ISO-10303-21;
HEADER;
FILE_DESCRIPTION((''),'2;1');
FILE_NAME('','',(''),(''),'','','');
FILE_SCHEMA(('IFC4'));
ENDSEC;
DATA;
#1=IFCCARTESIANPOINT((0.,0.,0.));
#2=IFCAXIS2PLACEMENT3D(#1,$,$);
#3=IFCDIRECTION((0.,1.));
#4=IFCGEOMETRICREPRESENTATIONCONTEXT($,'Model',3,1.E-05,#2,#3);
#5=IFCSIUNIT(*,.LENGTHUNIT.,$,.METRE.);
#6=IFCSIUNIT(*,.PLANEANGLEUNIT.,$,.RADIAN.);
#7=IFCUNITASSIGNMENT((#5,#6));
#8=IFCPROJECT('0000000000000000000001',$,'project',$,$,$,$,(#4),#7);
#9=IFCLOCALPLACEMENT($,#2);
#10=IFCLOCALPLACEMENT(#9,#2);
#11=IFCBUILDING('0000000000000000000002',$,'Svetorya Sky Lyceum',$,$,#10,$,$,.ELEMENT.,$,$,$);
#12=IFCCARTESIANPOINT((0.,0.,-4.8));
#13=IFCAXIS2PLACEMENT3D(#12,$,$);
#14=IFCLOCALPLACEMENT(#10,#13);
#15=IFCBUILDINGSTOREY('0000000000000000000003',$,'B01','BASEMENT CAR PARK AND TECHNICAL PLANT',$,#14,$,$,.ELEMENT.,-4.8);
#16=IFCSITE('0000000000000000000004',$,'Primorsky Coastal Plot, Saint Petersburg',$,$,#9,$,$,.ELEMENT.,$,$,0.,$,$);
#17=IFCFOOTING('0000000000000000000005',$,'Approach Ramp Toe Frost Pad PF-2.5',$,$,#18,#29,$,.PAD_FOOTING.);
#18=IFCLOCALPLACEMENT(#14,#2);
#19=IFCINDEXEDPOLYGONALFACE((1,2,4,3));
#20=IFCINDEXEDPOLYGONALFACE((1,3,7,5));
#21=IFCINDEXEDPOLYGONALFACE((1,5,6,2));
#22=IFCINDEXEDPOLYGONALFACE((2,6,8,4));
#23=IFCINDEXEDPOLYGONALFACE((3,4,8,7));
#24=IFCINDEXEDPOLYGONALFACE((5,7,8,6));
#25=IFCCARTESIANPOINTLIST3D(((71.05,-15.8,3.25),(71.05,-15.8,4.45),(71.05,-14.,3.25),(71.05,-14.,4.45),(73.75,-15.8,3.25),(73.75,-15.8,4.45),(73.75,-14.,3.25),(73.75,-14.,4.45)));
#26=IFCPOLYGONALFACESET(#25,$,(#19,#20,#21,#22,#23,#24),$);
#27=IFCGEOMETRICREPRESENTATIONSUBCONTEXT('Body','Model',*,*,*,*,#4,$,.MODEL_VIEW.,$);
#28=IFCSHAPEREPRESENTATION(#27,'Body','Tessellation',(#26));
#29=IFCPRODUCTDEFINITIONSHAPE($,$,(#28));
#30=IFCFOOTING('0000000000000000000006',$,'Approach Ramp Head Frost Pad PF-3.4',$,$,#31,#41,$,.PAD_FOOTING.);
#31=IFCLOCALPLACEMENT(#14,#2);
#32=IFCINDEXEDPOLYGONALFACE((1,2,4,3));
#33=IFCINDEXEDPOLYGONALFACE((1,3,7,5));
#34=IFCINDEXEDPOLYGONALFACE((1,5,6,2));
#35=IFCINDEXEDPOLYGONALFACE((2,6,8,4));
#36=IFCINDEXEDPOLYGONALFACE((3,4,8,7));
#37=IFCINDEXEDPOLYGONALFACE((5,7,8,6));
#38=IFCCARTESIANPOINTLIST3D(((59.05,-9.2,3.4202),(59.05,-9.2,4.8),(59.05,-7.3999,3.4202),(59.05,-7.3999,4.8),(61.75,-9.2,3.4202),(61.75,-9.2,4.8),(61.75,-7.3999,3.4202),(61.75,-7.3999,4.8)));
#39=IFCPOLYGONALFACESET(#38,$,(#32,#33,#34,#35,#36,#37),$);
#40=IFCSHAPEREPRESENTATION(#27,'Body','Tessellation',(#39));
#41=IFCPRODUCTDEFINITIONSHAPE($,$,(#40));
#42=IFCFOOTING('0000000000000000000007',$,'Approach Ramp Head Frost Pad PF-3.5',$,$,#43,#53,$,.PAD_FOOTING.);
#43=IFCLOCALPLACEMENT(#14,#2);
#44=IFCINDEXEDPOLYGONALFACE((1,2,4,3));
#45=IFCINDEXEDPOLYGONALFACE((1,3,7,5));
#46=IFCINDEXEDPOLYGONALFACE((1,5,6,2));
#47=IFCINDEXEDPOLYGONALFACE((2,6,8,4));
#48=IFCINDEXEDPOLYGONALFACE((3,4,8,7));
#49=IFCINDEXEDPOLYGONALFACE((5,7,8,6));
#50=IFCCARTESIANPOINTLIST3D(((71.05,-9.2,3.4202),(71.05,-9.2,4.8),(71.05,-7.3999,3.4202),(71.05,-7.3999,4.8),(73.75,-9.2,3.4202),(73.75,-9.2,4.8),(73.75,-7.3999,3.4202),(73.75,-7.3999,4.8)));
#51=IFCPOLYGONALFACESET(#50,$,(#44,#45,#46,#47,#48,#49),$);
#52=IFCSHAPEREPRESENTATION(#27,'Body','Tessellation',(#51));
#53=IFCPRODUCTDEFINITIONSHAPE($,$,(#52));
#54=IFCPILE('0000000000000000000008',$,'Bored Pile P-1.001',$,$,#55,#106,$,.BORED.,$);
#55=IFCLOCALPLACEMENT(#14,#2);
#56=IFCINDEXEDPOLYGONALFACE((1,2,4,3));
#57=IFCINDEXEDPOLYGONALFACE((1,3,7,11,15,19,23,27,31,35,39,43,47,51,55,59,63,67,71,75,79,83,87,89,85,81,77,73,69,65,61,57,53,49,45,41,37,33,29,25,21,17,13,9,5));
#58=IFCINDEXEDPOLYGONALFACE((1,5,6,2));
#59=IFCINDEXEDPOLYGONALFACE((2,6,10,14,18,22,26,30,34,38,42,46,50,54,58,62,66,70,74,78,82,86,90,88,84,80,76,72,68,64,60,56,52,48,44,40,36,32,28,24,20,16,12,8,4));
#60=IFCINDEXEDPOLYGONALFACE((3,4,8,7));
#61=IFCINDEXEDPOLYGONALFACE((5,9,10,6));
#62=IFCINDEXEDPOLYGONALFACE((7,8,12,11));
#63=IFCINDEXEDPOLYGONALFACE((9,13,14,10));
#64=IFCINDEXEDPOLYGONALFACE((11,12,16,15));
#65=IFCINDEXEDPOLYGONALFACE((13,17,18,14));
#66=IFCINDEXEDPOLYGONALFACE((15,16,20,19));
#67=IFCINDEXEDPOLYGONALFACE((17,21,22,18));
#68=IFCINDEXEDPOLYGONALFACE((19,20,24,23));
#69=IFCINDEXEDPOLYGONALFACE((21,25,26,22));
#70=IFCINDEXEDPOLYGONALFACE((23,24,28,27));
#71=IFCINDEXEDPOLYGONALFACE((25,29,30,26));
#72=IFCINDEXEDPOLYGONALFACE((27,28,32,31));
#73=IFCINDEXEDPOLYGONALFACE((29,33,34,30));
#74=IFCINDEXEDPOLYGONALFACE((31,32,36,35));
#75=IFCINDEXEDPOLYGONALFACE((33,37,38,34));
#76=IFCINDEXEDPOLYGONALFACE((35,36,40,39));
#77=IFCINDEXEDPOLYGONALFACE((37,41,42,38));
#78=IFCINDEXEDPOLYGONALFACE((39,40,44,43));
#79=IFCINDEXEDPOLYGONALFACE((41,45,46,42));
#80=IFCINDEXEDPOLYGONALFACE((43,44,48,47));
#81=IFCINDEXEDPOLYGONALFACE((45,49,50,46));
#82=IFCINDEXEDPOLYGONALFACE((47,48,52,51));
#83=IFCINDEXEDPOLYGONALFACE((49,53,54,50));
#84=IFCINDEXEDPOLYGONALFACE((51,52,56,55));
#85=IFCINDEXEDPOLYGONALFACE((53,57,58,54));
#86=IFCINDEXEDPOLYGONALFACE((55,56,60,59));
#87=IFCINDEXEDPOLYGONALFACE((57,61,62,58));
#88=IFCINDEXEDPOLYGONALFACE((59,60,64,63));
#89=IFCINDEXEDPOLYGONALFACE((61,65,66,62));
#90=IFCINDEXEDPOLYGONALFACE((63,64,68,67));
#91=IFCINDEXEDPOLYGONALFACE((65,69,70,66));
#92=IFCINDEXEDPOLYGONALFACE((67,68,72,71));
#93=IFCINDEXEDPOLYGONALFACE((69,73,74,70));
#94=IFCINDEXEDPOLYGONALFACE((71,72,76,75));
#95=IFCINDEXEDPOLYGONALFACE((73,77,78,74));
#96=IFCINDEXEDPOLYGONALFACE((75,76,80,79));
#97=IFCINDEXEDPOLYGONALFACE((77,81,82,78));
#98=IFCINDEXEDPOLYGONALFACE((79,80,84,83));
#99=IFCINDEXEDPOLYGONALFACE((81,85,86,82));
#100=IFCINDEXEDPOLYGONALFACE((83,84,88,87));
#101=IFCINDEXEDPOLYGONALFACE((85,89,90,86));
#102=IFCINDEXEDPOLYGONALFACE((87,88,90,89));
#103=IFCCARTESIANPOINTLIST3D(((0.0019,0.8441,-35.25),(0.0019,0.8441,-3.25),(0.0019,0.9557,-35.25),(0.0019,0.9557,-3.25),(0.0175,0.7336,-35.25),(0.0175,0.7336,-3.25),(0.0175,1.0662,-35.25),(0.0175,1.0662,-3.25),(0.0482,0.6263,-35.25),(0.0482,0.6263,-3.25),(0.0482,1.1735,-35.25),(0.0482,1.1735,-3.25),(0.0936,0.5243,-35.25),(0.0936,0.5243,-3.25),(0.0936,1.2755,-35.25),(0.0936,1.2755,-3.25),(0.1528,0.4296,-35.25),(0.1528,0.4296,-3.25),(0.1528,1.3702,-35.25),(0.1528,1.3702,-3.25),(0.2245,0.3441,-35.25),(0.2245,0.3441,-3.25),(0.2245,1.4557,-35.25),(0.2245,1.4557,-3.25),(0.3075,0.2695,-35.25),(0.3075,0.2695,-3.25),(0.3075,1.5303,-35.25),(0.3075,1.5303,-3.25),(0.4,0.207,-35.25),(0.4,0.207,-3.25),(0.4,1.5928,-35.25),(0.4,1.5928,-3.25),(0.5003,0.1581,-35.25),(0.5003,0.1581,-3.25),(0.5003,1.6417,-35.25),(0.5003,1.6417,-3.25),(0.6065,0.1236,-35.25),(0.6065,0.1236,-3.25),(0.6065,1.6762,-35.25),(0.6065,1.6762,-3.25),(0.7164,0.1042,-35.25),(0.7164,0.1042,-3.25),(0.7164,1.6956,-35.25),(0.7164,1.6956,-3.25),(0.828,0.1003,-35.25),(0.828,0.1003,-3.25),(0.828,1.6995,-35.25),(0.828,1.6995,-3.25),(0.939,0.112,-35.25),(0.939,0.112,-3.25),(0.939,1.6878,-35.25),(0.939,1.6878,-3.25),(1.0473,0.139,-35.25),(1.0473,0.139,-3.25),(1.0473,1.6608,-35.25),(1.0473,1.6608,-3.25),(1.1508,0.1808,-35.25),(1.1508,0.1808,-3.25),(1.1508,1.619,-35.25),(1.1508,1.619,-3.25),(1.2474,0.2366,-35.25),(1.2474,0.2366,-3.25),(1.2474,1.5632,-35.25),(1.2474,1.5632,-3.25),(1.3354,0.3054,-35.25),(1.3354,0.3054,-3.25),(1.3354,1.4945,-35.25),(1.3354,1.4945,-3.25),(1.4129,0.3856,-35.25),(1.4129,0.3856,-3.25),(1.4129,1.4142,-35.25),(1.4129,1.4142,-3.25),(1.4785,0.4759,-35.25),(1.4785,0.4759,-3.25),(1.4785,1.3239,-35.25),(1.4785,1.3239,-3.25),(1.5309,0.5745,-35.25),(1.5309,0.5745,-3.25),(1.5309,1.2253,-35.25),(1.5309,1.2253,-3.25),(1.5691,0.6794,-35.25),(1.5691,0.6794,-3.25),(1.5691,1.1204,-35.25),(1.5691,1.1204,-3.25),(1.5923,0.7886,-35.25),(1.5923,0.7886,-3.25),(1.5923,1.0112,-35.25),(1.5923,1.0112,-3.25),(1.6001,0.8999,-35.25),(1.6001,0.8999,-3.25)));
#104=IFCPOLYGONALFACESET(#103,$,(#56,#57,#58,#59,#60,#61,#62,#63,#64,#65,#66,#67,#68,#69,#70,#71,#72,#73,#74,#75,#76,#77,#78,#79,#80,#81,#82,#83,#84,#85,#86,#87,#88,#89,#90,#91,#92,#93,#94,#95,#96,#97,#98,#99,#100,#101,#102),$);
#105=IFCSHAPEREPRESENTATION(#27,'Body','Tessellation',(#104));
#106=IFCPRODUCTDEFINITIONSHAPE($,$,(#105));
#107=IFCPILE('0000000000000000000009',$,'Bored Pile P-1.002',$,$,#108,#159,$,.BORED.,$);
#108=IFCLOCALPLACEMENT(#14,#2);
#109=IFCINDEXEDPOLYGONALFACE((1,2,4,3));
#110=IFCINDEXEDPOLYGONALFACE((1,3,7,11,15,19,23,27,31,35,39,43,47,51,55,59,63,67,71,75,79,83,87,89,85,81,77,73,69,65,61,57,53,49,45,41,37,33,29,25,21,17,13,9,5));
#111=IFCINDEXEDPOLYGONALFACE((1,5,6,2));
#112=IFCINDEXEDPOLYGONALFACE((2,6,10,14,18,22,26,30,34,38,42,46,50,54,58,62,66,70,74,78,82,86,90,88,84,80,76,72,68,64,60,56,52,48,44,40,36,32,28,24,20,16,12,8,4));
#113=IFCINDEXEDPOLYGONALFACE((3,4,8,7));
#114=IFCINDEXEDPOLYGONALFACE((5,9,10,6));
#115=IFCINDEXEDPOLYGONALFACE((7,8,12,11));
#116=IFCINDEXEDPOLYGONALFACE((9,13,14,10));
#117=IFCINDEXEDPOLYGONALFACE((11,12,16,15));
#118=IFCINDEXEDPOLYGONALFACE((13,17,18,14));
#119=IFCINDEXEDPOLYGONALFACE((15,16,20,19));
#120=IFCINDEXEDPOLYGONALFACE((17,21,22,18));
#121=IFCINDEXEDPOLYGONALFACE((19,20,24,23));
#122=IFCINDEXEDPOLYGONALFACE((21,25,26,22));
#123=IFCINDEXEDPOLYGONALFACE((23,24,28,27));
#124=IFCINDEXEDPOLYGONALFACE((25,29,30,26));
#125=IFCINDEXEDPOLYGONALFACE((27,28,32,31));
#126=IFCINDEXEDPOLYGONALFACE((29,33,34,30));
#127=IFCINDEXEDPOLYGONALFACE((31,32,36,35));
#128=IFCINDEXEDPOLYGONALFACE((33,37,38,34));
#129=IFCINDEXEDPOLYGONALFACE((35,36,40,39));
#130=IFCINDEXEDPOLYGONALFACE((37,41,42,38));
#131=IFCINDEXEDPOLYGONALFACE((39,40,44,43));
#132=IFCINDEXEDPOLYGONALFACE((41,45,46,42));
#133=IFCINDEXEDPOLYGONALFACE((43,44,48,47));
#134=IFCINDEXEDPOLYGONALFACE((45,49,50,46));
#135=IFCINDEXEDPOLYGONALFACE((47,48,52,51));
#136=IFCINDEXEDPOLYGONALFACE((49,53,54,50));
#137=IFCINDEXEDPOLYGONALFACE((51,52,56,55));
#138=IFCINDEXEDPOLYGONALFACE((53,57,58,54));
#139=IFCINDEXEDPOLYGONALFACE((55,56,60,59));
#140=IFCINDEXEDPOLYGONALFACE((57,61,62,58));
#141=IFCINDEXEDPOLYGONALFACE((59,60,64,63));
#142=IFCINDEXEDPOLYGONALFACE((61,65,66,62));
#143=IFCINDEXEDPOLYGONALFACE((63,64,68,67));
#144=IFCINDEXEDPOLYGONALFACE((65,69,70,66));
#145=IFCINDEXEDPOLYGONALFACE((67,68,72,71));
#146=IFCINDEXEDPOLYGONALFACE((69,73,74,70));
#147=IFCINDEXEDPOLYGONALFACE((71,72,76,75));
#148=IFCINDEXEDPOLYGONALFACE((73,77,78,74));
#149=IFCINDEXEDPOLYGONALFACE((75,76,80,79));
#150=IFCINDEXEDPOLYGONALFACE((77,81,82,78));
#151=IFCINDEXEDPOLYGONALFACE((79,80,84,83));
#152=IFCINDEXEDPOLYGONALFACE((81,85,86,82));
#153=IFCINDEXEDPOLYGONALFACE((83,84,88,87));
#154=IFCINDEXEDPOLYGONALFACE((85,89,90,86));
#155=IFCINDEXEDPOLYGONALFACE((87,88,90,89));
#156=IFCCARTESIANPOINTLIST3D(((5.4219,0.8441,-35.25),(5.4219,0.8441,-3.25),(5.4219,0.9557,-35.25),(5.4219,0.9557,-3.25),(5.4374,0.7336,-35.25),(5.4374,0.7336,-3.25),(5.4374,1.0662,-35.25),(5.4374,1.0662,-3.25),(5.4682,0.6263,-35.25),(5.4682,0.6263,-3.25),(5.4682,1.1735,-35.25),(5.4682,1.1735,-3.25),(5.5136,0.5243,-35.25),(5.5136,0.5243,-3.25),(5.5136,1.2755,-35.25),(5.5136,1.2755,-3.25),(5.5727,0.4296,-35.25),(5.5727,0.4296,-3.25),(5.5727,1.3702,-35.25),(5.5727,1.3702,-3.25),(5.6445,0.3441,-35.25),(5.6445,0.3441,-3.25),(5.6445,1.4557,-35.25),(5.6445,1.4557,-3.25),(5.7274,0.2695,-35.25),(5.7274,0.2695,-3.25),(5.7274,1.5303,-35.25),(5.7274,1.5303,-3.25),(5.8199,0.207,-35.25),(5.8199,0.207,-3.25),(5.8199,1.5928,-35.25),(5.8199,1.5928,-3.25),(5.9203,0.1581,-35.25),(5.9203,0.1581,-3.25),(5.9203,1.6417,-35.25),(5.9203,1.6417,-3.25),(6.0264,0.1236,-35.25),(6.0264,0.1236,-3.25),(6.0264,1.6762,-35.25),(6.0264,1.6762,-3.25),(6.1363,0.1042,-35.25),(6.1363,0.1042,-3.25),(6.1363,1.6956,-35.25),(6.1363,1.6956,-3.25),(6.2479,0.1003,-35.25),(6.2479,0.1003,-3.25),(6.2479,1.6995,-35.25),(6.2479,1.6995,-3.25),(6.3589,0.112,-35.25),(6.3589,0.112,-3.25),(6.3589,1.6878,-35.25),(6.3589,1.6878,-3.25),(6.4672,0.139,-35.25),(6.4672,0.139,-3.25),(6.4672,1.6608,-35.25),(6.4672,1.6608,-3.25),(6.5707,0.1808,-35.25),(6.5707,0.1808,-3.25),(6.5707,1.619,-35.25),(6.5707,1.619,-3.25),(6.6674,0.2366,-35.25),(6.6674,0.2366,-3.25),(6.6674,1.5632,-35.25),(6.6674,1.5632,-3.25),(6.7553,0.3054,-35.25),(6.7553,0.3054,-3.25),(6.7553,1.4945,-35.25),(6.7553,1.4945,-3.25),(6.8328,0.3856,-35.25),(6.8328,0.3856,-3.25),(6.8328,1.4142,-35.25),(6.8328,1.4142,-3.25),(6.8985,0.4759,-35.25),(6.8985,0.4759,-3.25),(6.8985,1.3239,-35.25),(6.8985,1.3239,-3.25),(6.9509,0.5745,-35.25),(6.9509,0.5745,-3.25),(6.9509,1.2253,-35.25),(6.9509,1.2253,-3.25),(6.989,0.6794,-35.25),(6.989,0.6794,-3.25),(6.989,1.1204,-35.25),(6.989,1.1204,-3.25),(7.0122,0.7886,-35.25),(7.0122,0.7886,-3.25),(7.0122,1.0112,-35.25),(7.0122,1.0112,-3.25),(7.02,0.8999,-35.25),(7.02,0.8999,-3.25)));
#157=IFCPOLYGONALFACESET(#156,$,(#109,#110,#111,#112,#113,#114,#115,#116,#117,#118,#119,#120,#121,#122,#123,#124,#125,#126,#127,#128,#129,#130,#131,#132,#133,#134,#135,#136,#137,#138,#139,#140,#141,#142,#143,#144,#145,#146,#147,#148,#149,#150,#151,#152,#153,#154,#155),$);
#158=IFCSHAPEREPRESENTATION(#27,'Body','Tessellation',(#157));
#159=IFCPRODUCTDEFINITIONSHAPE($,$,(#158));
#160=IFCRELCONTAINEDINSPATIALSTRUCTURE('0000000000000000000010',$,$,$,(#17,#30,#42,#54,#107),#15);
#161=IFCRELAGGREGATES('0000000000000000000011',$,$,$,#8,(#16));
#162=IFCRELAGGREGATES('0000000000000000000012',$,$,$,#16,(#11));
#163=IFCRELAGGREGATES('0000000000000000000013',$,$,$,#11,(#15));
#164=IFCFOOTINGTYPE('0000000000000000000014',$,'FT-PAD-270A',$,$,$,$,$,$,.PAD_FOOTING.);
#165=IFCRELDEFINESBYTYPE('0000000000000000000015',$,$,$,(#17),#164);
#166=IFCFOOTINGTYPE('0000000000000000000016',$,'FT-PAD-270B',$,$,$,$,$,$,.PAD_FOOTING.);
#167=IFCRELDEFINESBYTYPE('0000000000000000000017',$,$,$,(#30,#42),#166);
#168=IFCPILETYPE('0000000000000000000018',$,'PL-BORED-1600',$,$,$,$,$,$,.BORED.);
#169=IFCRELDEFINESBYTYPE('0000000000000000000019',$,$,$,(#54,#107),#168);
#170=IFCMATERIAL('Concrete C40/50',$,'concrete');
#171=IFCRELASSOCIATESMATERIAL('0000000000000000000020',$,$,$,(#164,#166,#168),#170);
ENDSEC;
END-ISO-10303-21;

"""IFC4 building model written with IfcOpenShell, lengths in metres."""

from ifc_helpers import new_model, si_unit, direction, frame, origin, origin_2d, place, context, subcontext, project, spatial, polyline, circle, outline, extrude, material, material_profile, profile_set, type_object, element, save


model = new_model("IFC4")

# Units and contexts
model_context = context("Model", 3, precision=1e-05, world=origin(), true_north=direction((0.0, 1.0)))
body_context = subcontext(model_context, "Body", "Model", "MODEL_VIEW")
ifc_project = project(units=[si_unit("LENGTHUNIT", "METRE"), si_unit("PLANEANGLEUNIT", "RADIAN")], contexts=[model_context])

# Site, building, storey
site_placement = place(None, origin())
site = spatial("IfcSite", under=ifc_project, at=site_placement, Name="Primorsky Coastal Plot, Saint Petersburg", CompositionType="ELEMENT", RefElevation=0.0)
building_placement = place(site_placement, origin())
building = spatial("IfcBuilding", under=site, at=building_placement, Name="Svetorya Sky Lyceum", CompositionType="ELEMENT")
storey_placement = place(building_placement, frame((0.0, 0.0, -4.8)))
storey = spatial("IfcBuildingStorey", under=building, at=storey_placement, Name="B01", Description="BASEMENT CAR PARK AND TECHNICAL PLANT", CompositionType="ELEMENT", Elevation=-4.8)

# Footings
ifc_material_1 = material(Name="Concrete C40/50", Category="concrete")
footing_type_1 = type_object("IfcFootingType", Name="FT-PAD-270A", PredefinedType="PAD_FOOTING", material=ifc_material_1)
footing_1_placement = place(storey_placement, frame((0.0, 0.0, 3.25)))
element("IfcFooting", 1, at=footing_1_placement, inside=storey, type_object=footing_type_1, Name="Approach Ramp Toe Frost Pad PF-2.5", PredefinedType="PAD_FOOTING", context=body_context, shape_type="SweptSolid", body=[
    extrude(outline(polyline([(71.05, -15.8), (73.75, -15.8), (73.75, -14.0), (71.05, -14.0), (71.05, -15.8)])), origin(), (0.0, 0.0, 1.0), 1.2),
])
footing_type_2 = type_object("IfcFootingType", Name="FT-PAD-270B", PredefinedType="PAD_FOOTING", material=ifc_material_1)
footing_2_placement = place(storey_placement, frame((0.0, 0.0, 3.4202)))
element("IfcFooting", 2, at=footing_2_placement, inside=storey, type_object=footing_type_2, Name="Approach Ramp Head Frost Pad PF-3.4", PredefinedType="PAD_FOOTING", context=body_context, shape_type="SweptSolid", body=[
    extrude(outline(polyline([(59.05, -9.2), (61.75, -9.2), (61.75, -7.3999), (59.05, -7.3999), (59.05, -9.2)])), origin(), (0.0, 0.0, 1.0), 1.3799),
])
footing_3_placement = place(storey_placement, frame((0.0, 0.0, 3.4202)))
element("IfcFooting", 3, at=footing_3_placement, inside=storey, type_object=footing_type_2, Name="Approach Ramp Head Frost Pad PF-3.5", PredefinedType="PAD_FOOTING", context=body_context, shape_type="SweptSolid", body=[
    extrude(outline(polyline([(71.05, -9.2), (73.75, -9.2), (73.75, -7.3999), (71.05, -7.3999), (71.05, -9.2)])), origin(), (0.0, 0.0, 1.0), 1.3799),
])

# Piles
ifc_material_profile_1 = material_profile(ifc_material_1, circle(Radius=0.8, at=origin_2d()), Name="RC PILE D1600")
ifc_profile_set_1 = profile_set([ifc_material_profile_1], Name="Concrete C40/50")
pile_type = type_object("IfcPileType", Name="PL-BORED-1600", PredefinedType="BORED", material=ifc_profile_set_1)
for number, where, z_axis, x_axis, name in (
    (4, (0.8, 0.8999, -3.25), (0.0, 0.0, -1.0), (1.0, 0.0, 0.0), "Bored Pile P-1.001"),
    (5, (6.22, 0.8999, -3.25), (0.0, 0.0, -1.0), (1.0, 0.0, 0.0), "Bored Pile P-1.002"),
):
    element("IfcPile", number, at=place(storey_placement, frame(where, z_axis=z_axis, x_axis=x_axis)), inside=storey, type_object=pile_type, Name=name, PredefinedType="BORED", context=body_context, shape_type="SweptSolid", body=[
        extrude(circle(Radius=0.8, at=origin_2d()), origin(), (0.0, 0.0, 1.0), 32.0),
    ])

save(model, "model.ifc")
